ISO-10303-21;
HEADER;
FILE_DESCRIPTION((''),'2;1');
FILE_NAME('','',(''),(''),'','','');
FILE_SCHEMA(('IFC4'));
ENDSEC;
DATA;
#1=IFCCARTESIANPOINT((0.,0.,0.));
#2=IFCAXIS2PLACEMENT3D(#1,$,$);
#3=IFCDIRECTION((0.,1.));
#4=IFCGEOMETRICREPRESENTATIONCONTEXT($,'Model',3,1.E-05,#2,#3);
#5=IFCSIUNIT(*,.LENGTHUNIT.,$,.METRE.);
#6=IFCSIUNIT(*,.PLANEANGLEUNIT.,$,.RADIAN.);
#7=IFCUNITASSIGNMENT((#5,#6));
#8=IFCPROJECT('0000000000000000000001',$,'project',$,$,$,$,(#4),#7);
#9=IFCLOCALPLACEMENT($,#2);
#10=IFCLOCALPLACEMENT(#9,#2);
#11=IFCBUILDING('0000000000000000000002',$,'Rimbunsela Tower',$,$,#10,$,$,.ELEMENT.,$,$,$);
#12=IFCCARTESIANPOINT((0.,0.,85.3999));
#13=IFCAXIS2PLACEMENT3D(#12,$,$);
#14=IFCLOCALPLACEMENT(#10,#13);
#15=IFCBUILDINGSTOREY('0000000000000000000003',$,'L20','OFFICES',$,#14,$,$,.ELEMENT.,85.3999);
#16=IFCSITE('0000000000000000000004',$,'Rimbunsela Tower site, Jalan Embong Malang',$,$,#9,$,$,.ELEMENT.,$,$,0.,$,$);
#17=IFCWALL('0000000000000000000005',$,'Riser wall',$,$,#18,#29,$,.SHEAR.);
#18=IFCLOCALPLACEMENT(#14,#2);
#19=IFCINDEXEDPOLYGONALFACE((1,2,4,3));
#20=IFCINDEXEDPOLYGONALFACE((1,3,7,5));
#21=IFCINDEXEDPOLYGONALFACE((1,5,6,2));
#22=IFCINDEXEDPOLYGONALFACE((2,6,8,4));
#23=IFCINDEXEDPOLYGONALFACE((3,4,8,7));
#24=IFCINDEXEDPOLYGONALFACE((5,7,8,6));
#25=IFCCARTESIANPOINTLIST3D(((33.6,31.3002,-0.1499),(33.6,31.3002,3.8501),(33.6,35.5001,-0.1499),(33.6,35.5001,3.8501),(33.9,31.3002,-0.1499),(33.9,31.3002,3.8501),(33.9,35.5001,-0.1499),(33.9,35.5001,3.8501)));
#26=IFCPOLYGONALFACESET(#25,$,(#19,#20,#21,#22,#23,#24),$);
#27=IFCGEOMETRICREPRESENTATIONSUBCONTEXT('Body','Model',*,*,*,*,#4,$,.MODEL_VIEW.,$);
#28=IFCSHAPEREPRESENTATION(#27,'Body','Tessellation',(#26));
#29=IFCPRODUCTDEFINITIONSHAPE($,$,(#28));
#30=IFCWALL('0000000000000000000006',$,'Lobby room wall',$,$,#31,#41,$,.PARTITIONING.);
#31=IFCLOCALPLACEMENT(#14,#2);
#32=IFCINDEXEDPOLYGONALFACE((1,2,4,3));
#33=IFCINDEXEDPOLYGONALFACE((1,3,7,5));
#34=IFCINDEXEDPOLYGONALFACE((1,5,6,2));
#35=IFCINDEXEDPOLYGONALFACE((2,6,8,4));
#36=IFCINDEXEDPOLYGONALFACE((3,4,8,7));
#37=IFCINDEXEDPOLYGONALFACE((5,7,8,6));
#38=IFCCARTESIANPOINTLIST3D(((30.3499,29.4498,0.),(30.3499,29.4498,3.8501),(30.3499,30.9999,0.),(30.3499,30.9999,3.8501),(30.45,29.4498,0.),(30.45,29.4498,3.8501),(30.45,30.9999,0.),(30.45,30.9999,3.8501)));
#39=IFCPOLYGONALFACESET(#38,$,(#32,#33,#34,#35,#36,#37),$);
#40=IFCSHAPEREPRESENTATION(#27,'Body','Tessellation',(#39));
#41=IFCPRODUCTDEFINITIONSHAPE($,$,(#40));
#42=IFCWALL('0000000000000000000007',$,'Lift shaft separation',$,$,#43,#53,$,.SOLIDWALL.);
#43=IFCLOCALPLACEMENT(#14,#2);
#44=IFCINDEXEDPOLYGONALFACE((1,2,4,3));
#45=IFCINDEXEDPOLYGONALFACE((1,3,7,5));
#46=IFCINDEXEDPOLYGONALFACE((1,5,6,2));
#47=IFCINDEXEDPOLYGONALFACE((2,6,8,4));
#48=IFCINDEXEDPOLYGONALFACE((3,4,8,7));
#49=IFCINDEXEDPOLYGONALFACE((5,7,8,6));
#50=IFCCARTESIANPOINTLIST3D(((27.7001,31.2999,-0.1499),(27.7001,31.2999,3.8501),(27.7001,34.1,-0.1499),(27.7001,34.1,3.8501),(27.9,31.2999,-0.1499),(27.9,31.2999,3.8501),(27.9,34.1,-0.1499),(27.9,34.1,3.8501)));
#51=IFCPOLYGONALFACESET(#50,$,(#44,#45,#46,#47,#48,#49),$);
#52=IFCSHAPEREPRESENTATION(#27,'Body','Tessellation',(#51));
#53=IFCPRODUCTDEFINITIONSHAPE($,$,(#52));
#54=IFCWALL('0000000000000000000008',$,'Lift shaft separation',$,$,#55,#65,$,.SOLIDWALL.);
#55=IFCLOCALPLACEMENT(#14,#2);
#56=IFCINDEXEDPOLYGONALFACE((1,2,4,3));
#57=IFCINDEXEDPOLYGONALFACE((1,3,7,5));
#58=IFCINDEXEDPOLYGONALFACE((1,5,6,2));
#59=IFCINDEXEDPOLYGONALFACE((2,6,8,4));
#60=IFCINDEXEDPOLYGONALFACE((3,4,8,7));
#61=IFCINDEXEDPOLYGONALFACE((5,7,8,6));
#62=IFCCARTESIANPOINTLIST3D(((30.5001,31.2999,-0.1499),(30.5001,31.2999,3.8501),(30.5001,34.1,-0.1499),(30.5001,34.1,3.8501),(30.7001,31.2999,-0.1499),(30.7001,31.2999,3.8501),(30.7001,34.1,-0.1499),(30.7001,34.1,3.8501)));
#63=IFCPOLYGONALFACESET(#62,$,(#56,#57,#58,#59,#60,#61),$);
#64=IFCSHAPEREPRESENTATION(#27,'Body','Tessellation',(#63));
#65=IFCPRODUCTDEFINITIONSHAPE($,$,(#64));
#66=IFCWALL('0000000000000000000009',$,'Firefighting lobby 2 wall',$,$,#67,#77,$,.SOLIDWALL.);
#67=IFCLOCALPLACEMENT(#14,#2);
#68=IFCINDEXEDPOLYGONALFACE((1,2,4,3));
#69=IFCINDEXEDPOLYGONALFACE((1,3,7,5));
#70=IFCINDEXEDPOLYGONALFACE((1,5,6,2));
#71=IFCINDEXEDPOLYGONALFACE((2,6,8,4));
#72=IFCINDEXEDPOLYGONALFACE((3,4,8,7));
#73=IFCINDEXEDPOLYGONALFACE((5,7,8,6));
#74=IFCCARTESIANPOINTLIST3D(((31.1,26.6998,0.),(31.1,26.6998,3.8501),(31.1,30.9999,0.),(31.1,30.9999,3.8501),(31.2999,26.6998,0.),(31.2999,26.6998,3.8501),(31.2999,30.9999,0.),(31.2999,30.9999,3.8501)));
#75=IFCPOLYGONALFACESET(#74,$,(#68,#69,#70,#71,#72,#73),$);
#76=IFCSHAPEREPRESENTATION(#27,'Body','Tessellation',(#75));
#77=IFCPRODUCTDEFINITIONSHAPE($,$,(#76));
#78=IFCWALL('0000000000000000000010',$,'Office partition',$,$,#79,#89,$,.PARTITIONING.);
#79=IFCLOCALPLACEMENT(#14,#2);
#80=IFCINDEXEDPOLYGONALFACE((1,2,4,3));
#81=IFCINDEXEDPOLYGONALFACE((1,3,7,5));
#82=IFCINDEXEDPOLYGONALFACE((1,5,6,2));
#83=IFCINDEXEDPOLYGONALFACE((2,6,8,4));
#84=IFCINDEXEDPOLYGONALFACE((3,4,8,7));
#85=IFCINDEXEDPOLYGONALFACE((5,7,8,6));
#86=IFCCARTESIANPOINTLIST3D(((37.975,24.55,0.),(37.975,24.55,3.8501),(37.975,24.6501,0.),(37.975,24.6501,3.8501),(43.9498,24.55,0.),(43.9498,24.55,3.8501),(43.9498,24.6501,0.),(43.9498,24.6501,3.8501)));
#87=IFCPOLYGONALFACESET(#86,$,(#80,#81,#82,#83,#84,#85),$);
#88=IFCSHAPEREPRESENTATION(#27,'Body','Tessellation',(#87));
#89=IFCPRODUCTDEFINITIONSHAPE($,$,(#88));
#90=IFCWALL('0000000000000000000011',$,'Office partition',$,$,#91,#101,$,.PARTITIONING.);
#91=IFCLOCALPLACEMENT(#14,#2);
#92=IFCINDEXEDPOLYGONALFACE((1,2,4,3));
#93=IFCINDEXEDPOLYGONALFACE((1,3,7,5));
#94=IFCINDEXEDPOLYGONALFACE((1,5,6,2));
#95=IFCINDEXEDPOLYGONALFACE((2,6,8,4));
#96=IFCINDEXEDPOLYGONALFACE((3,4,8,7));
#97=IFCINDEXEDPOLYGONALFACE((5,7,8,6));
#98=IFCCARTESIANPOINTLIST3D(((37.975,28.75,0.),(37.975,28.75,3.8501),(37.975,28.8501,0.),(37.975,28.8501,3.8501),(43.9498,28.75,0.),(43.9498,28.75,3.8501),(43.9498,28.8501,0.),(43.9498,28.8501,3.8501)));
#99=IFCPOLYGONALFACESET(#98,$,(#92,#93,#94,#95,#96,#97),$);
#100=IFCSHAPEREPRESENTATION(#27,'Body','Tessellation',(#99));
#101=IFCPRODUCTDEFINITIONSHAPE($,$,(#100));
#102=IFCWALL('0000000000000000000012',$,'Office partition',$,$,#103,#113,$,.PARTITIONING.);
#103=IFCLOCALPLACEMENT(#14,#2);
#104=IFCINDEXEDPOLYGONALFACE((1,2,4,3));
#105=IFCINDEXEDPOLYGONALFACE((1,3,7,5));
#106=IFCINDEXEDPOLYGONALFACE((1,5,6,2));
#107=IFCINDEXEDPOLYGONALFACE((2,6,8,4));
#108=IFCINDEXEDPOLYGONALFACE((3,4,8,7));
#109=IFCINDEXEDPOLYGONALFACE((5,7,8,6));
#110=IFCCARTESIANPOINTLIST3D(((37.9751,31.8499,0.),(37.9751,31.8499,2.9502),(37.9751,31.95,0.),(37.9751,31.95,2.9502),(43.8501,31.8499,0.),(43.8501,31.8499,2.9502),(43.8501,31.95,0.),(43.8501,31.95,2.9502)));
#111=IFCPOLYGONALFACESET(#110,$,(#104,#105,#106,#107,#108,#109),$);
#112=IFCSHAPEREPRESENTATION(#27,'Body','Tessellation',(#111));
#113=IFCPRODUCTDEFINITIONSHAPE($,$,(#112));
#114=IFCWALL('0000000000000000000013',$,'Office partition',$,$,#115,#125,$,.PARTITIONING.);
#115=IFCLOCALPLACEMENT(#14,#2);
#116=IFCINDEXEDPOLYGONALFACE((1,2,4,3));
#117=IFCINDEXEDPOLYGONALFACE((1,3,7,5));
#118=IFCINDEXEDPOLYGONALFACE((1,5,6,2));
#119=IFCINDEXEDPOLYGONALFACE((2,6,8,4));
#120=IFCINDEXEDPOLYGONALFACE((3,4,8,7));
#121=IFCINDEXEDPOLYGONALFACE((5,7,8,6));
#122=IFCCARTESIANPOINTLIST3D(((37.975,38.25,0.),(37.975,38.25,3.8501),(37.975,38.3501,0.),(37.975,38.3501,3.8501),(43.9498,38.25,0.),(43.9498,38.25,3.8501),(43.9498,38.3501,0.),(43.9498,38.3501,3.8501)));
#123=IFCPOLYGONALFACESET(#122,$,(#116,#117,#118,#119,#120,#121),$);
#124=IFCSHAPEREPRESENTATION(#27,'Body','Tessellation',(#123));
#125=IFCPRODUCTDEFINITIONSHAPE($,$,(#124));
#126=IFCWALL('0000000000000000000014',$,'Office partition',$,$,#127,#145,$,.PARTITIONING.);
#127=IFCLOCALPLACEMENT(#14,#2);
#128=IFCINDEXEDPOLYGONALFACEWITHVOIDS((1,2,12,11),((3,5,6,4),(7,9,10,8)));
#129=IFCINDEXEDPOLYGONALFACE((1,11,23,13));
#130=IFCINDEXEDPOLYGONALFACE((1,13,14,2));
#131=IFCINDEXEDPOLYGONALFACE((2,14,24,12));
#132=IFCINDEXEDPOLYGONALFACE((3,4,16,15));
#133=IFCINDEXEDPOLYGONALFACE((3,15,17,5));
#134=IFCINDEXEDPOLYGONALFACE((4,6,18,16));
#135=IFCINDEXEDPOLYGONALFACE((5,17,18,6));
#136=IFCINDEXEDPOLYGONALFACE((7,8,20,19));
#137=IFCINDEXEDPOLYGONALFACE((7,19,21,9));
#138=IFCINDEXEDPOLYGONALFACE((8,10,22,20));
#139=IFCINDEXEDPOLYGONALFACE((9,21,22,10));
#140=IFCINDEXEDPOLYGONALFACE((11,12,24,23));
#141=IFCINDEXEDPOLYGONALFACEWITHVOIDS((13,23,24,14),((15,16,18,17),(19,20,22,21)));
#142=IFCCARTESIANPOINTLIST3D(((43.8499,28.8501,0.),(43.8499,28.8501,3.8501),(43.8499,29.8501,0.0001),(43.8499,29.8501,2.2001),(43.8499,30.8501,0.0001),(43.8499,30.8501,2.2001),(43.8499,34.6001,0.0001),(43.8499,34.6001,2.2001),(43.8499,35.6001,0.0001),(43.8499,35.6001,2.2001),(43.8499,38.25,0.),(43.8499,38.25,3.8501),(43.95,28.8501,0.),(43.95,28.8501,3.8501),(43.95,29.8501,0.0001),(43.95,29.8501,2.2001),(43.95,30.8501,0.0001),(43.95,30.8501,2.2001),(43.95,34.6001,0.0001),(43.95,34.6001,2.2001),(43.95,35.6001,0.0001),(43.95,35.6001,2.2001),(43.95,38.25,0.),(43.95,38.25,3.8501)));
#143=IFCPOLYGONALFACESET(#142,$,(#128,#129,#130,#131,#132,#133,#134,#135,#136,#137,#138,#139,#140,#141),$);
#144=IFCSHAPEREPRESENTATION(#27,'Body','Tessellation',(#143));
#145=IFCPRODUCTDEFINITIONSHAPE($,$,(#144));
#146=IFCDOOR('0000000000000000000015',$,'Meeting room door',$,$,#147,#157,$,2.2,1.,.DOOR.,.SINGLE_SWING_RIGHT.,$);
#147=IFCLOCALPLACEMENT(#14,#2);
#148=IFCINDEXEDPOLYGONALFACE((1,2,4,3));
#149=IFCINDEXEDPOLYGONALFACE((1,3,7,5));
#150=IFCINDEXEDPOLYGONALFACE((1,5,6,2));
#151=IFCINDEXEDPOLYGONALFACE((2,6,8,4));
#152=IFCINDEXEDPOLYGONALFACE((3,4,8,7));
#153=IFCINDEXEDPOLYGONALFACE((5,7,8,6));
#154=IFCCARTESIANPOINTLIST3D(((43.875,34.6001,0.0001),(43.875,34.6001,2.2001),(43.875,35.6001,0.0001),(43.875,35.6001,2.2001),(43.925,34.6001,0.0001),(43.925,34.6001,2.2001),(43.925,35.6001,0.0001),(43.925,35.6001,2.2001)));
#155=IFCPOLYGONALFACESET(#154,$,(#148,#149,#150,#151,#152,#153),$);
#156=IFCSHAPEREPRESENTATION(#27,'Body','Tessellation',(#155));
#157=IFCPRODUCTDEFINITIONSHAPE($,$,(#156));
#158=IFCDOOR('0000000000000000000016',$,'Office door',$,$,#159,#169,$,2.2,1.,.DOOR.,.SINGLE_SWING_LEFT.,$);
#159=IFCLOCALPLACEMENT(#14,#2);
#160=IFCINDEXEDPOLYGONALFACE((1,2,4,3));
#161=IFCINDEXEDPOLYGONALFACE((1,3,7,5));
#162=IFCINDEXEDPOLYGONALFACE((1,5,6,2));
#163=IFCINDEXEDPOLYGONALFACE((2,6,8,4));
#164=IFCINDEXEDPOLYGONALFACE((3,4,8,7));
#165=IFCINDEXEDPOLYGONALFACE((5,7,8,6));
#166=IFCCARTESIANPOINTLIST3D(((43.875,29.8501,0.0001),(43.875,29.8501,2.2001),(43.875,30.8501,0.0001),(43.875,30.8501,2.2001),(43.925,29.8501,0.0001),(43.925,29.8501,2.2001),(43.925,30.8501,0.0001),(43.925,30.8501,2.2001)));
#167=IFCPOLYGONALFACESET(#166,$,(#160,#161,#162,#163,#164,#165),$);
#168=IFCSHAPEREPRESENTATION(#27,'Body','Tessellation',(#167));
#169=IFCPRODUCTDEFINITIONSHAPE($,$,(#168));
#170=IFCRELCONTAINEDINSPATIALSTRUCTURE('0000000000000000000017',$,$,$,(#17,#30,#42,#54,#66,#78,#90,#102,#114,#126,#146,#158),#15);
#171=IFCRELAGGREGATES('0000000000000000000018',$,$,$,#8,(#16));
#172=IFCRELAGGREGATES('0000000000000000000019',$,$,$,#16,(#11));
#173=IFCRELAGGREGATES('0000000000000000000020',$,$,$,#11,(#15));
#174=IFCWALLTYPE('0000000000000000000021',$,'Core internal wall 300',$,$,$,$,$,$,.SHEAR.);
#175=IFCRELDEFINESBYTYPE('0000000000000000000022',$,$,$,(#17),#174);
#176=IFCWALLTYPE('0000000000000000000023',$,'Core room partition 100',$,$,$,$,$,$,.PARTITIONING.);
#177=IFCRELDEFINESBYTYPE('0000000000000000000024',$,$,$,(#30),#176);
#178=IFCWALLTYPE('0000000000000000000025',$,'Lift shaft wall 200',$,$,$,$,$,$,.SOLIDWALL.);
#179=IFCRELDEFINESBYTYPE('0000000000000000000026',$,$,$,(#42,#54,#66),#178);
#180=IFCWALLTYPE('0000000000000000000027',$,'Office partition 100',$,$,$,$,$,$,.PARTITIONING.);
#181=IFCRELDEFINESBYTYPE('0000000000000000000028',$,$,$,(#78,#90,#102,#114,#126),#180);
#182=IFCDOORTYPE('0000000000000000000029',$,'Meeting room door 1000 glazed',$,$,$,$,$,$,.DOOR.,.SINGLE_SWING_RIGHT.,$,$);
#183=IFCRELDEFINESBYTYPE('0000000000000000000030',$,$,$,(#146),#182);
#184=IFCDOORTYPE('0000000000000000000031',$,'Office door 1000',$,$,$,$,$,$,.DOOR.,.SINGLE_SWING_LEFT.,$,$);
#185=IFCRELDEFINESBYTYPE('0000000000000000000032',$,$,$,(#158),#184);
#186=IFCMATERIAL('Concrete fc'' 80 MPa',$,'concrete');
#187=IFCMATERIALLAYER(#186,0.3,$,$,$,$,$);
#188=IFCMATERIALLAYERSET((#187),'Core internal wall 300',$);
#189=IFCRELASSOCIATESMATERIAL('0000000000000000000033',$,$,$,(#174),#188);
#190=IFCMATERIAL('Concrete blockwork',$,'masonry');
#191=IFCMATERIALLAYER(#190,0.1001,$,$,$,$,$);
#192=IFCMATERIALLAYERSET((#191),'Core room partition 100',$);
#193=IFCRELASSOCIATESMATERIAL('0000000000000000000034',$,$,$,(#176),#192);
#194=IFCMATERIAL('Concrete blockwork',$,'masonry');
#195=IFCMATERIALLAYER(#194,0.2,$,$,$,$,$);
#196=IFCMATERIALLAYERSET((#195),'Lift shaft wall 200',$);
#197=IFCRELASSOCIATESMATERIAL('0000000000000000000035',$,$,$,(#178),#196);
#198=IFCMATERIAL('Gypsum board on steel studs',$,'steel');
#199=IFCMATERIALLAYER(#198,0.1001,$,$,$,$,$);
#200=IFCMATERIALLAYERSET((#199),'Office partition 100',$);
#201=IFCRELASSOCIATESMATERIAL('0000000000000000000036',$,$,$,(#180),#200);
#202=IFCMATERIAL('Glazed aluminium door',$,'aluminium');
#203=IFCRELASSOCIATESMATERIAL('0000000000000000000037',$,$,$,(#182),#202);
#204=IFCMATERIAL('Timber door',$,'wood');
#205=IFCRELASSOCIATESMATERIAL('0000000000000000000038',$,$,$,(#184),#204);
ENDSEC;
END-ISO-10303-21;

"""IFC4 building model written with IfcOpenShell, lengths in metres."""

from ifc_helpers import new_model, si_unit, direction, frame, frame_2d, origin, place, context, subcontext, project, spatial, rectangle, extrude, material, layer, layer_set, type_object, element, fill, save


model = new_model("IFC4")

# Units and contexts
model_context = context("Model", 3, precision=1e-05, world=origin(), true_north=direction((0.0, 1.0)))
body_context = subcontext(model_context, "Body", "Model", "MODEL_VIEW")
ifc_project = project(units=[si_unit("LENGTHUNIT", "METRE"), si_unit("PLANEANGLEUNIT", "RADIAN")], contexts=[model_context])

# Site, building, storey
site_placement = place(None, origin())
site = spatial("IfcSite", under=ifc_project, at=site_placement, Name="Rimbunsela Tower site, Jalan Embong Malang", CompositionType="ELEMENT", RefElevation=0.0)
building_placement = place(site_placement, origin())
building = spatial("IfcBuilding", under=site, at=building_placement, Name="Rimbunsela Tower", CompositionType="ELEMENT")
storey_placement = place(building_placement, frame((0.0, 0.0, 85.3999)))
storey = spatial("IfcBuildingStorey", under=building, at=storey_placement, Name="L20", Description="OFFICES", CompositionType="ELEMENT", Elevation=85.3999)

# Walls
ifc_material_1 = material(Name="Concrete fc' 80 MPa", Category="concrete")
ifc_layer_1 = layer(ifc_material_1, 0.3)
ifc_layer_set_1 = layer_set([ifc_layer_1], Name="Core internal wall 300")
wall_type_1 = type_object("IfcWallType", Name="Core internal wall 300", PredefinedType="SHEAR", material=ifc_layer_set_1)
wall_1_placement = place(storey_placement, frame((33.75, 31.3, -0.1499), z_axis=(0.0, 0.0, 1.0), x_axis=(0.0, 1.0, 0.0)))
element("IfcWall", 1, at=wall_1_placement, inside=storey, type_object=wall_type_1, Name="Riser wall", PredefinedType="SHEAR", context=body_context, shape_type="SweptSolid", body=[
    extrude(rectangle(XDim=4.2, YDim=0.3, at=frame_2d((2.1001, 0.0))), origin(), (0.0, 0.0, 1.0), 4.0),
])
ifc_material_2 = material(Name="Concrete blockwork", Category="masonry")
ifc_layer_2 = layer(ifc_material_2, 0.1001)
ifc_layer_set_2 = layer_set([ifc_layer_2], Name="Core room partition 100")
wall_type_2 = type_object("IfcWallType", Name="Core room partition 100", PredefinedType="PARTITIONING", material=ifc_layer_set_2)
wall_2_placement = place(storey_placement, frame((30.3999, 29.45, 0.0), z_axis=(0.0, 0.0, 1.0), x_axis=(0.0, 1.0, 0.0)))
element("IfcWall", 2, at=wall_2_placement, inside=storey, type_object=wall_type_2, Name="Lobby room wall", PredefinedType="PARTITIONING", context=body_context, shape_type="SweptSolid", body=[
    extrude(rectangle(XDim=1.55, YDim=0.1001, at=frame_2d((0.7749, 0.0))), origin(), (0.0, 0.0, 1.0), 3.8501),
])
ifc_material_3 = material(Name="Concrete blockwork", Category="masonry")
ifc_layer_3 = layer(ifc_material_3, 0.2)
ifc_layer_set_3 = layer_set([ifc_layer_3], Name="Lift shaft wall 200")
wall_type_3 = type_object("IfcWallType", Name="Lift shaft wall 200", PredefinedType="SOLIDWALL", material=ifc_layer_set_3)
for number, where, z_axis, x_axis, name in (
    (3, (27.8, 31.3, -0.1499), (0.0, 0.0, 1.0), (0.0, 1.0, 0.0), "Lift shaft separation"),
    (4, (30.6001, 31.3, -0.1499), (0.0, 0.0, 1.0), (0.0, 1.0, 0.0), "Lift shaft separation"),
):
    element("IfcWall", number, at=place(storey_placement, frame(where, z_axis=z_axis, x_axis=x_axis)), inside=storey, type_object=wall_type_3, Name=name, PredefinedType="SOLIDWALL", context=body_context, shape_type="SweptSolid", body=[
        extrude(rectangle(XDim=2.8, YDim=0.2, at=frame_2d((1.3999, 0.0))), origin(), (0.0, 0.0, 1.0), 4.0),
    ])
wall_3_placement = place(storey_placement, frame((31.2, 26.7, 0.0), z_axis=(0.0, 0.0, 1.0), x_axis=(0.0, 1.0, 0.0)))
element("IfcWall", 5, at=wall_3_placement, inside=storey, type_object=wall_type_3, Name="Firefighting lobby 2 wall", PredefinedType="SOLIDWALL", context=body_context, shape_type="SweptSolid", body=[
    extrude(rectangle(XDim=4.3, YDim=0.2, at=frame_2d((2.1499, 0.0))), origin(), (0.0, 0.0, 1.0), 3.8501),
])
ifc_material_4 = material(Name="Gypsum board on steel studs", Category="steel")
ifc_layer_4 = layer(ifc_material_4, 0.1001)
ifc_layer_set_4 = layer_set([ifc_layer_4], Name="Office partition 100")
wall_type_4 = type_object("IfcWallType", Name="Office partition 100", PredefinedType="PARTITIONING", material=ifc_layer_set_4)
for number, where, z_axis, x_axis, name in (
    (6, (37.9751, 24.6001, 0.0), (0.0, 0.0, 1.0), (1.0, 0.0, 0.0), "Office partition"),
    (7, (37.9751, 28.8, 0.0), (0.0, 0.0, 1.0), (1.0, 0.0, 0.0), "Office partition"),
):
    element("IfcWall", number, at=place(storey_placement, frame(where, z_axis=z_axis, x_axis=x_axis)), inside=storey, type_object=wall_type_4, Name=name, PredefinedType="PARTITIONING", context=body_context, shape_type="SweptSolid", body=[
        extrude(rectangle(XDim=5.9749, YDim=0.1001, at=frame_2d((2.9873, 0.0))), origin(), (0.0, 0.0, 1.0), 3.8501),
    ])
wall_4_placement = place(storey_placement, frame((37.9751, 31.8999, 0.0), z_axis=(0.0, 0.0, 1.0), x_axis=(1.0, 0.0, 0.0)))
element("IfcWall", 8, at=wall_4_placement, inside=storey, type_object=wall_type_4, Name="Office partition", PredefinedType="PARTITIONING", context=body_context, shape_type="SweptSolid", body=[
    extrude(rectangle(XDim=5.875, YDim=0.1001, at=frame_2d((2.9375, 0.0))), origin(), (0.0, 0.0, 1.0), 2.9502),
])
wall_5_placement = place(storey_placement, frame((37.9751, 38.3, 0.0), z_axis=(0.0, 0.0, 1.0), x_axis=(1.0, 0.0, 0.0)))
element("IfcWall", 9, at=wall_5_placement, inside=storey, type_object=wall_type_4, Name="Office partition", PredefinedType="PARTITIONING", context=body_context, shape_type="SweptSolid", body=[
    extrude(rectangle(XDim=5.9749, YDim=0.1001, at=frame_2d((2.9873, 0.0))), origin(), (0.0, 0.0, 1.0), 3.8501),
])

# Wall, openings, doors
wall_6_placement = place(storey_placement, frame((43.8999, 28.8501, 0.0), z_axis=(0.0, 0.0, 1.0), x_axis=(0.0, 1.0, 0.0)))
wall_6 = element("IfcWall", 10, at=wall_6_placement, inside=storey, type_object=wall_type_4, Name="Office partition", PredefinedType="PARTITIONING", context=body_context, shape_type="SweptSolid", body=[
    extrude(rectangle(XDim=9.3999, YDim=0.1001, at=frame_2d((4.7, 0.0))), origin(), (0.0, 0.0, 1.0), 3.8501),
])
opening_1_placement = place(wall_6_placement, frame((1.0, 0.0, 0.0)))
opening_1 = element("IfcOpeningElement", 11, at=opening_1_placement, cuts=wall_6, PredefinedType="OPENING", context=body_context, shape_type="SweptSolid", body=[
    extrude(rectangle(XDim=1.0, YDim=2.2, at=frame_2d((0.5, 1.1001))), frame((0.0, 0.0601, 0.0), z_axis=(0.0, -1.0, 0.0), x_axis=(1.0, 0.0, 0.0)), (0.0, 0.0, 1.0), 0.1201),
])
opening_2_placement = place(wall_6_placement, frame((5.75, 0.0, 0.0)))
opening_2 = element("IfcOpeningElement", 12, at=opening_2_placement, cuts=wall_6, PredefinedType="OPENING", context=body_context, shape_type="SweptSolid", body=[
    extrude(rectangle(XDim=1.0, YDim=2.2, at=frame_2d((0.5, 1.1001))), frame((0.0, 0.0601, 0.0), z_axis=(0.0, -1.0, 0.0), x_axis=(1.0, 0.0, 0.0)), (0.0, 0.0, 1.0), 0.1201),
])
ifc_material_5 = material(Name="Glazed aluminium door", Category="aluminium")
door_type_1 = type_object("IfcDoorType", Name="Meeting room door 1000 glazed", OperationType="SINGLE_SWING_RIGHT", PredefinedType="DOOR", material=ifc_material_5)
door_1_placement = place(opening_2_placement, origin())
door_1 = element("IfcDoor", 13, at=door_1_placement, inside=storey, type_object=door_type_1, Name="Meeting room door", OperationType="SINGLE_SWING_RIGHT", OverallHeight=2.2, OverallWidth=1.0, PredefinedType="DOOR", context=body_context, shape_type="SweptSolid", body=[
    extrude(rectangle(XDim=1.0, YDim=2.2, at=frame_2d((0.5, 1.1001))), frame((0.0, 0.0249, 0.0), z_axis=(0.0, -1.0, 0.0), x_axis=(1.0, 0.0, 0.0)), (0.0, 0.0, 1.0), 0.05),
])
fill(opening_2, door_1)
ifc_material_6 = material(Name="Timber door", Category="wood")
door_type_2 = type_object("IfcDoorType", Name="Office door 1000", OperationType="SINGLE_SWING_LEFT", PredefinedType="DOOR", material=ifc_material_6)
door_2_placement = place(opening_1_placement, origin())
door_2 = element("IfcDoor", 14, at=door_2_placement, inside=storey, type_object=door_type_2, Name="Office door", OperationType="SINGLE_SWING_LEFT", OverallHeight=2.2, OverallWidth=1.0, PredefinedType="DOOR", context=body_context, shape_type="SweptSolid", body=[
    extrude(rectangle(XDim=1.0, YDim=2.2, at=frame_2d((0.5, 1.1001))), frame((0.0, 0.0249, 0.0), z_axis=(0.0, -1.0, 0.0), x_axis=(1.0, 0.0, 0.0)), (0.0, 0.0, 1.0), 0.05),
])
fill(opening_1, door_2)

save(model, "model.ifc")
